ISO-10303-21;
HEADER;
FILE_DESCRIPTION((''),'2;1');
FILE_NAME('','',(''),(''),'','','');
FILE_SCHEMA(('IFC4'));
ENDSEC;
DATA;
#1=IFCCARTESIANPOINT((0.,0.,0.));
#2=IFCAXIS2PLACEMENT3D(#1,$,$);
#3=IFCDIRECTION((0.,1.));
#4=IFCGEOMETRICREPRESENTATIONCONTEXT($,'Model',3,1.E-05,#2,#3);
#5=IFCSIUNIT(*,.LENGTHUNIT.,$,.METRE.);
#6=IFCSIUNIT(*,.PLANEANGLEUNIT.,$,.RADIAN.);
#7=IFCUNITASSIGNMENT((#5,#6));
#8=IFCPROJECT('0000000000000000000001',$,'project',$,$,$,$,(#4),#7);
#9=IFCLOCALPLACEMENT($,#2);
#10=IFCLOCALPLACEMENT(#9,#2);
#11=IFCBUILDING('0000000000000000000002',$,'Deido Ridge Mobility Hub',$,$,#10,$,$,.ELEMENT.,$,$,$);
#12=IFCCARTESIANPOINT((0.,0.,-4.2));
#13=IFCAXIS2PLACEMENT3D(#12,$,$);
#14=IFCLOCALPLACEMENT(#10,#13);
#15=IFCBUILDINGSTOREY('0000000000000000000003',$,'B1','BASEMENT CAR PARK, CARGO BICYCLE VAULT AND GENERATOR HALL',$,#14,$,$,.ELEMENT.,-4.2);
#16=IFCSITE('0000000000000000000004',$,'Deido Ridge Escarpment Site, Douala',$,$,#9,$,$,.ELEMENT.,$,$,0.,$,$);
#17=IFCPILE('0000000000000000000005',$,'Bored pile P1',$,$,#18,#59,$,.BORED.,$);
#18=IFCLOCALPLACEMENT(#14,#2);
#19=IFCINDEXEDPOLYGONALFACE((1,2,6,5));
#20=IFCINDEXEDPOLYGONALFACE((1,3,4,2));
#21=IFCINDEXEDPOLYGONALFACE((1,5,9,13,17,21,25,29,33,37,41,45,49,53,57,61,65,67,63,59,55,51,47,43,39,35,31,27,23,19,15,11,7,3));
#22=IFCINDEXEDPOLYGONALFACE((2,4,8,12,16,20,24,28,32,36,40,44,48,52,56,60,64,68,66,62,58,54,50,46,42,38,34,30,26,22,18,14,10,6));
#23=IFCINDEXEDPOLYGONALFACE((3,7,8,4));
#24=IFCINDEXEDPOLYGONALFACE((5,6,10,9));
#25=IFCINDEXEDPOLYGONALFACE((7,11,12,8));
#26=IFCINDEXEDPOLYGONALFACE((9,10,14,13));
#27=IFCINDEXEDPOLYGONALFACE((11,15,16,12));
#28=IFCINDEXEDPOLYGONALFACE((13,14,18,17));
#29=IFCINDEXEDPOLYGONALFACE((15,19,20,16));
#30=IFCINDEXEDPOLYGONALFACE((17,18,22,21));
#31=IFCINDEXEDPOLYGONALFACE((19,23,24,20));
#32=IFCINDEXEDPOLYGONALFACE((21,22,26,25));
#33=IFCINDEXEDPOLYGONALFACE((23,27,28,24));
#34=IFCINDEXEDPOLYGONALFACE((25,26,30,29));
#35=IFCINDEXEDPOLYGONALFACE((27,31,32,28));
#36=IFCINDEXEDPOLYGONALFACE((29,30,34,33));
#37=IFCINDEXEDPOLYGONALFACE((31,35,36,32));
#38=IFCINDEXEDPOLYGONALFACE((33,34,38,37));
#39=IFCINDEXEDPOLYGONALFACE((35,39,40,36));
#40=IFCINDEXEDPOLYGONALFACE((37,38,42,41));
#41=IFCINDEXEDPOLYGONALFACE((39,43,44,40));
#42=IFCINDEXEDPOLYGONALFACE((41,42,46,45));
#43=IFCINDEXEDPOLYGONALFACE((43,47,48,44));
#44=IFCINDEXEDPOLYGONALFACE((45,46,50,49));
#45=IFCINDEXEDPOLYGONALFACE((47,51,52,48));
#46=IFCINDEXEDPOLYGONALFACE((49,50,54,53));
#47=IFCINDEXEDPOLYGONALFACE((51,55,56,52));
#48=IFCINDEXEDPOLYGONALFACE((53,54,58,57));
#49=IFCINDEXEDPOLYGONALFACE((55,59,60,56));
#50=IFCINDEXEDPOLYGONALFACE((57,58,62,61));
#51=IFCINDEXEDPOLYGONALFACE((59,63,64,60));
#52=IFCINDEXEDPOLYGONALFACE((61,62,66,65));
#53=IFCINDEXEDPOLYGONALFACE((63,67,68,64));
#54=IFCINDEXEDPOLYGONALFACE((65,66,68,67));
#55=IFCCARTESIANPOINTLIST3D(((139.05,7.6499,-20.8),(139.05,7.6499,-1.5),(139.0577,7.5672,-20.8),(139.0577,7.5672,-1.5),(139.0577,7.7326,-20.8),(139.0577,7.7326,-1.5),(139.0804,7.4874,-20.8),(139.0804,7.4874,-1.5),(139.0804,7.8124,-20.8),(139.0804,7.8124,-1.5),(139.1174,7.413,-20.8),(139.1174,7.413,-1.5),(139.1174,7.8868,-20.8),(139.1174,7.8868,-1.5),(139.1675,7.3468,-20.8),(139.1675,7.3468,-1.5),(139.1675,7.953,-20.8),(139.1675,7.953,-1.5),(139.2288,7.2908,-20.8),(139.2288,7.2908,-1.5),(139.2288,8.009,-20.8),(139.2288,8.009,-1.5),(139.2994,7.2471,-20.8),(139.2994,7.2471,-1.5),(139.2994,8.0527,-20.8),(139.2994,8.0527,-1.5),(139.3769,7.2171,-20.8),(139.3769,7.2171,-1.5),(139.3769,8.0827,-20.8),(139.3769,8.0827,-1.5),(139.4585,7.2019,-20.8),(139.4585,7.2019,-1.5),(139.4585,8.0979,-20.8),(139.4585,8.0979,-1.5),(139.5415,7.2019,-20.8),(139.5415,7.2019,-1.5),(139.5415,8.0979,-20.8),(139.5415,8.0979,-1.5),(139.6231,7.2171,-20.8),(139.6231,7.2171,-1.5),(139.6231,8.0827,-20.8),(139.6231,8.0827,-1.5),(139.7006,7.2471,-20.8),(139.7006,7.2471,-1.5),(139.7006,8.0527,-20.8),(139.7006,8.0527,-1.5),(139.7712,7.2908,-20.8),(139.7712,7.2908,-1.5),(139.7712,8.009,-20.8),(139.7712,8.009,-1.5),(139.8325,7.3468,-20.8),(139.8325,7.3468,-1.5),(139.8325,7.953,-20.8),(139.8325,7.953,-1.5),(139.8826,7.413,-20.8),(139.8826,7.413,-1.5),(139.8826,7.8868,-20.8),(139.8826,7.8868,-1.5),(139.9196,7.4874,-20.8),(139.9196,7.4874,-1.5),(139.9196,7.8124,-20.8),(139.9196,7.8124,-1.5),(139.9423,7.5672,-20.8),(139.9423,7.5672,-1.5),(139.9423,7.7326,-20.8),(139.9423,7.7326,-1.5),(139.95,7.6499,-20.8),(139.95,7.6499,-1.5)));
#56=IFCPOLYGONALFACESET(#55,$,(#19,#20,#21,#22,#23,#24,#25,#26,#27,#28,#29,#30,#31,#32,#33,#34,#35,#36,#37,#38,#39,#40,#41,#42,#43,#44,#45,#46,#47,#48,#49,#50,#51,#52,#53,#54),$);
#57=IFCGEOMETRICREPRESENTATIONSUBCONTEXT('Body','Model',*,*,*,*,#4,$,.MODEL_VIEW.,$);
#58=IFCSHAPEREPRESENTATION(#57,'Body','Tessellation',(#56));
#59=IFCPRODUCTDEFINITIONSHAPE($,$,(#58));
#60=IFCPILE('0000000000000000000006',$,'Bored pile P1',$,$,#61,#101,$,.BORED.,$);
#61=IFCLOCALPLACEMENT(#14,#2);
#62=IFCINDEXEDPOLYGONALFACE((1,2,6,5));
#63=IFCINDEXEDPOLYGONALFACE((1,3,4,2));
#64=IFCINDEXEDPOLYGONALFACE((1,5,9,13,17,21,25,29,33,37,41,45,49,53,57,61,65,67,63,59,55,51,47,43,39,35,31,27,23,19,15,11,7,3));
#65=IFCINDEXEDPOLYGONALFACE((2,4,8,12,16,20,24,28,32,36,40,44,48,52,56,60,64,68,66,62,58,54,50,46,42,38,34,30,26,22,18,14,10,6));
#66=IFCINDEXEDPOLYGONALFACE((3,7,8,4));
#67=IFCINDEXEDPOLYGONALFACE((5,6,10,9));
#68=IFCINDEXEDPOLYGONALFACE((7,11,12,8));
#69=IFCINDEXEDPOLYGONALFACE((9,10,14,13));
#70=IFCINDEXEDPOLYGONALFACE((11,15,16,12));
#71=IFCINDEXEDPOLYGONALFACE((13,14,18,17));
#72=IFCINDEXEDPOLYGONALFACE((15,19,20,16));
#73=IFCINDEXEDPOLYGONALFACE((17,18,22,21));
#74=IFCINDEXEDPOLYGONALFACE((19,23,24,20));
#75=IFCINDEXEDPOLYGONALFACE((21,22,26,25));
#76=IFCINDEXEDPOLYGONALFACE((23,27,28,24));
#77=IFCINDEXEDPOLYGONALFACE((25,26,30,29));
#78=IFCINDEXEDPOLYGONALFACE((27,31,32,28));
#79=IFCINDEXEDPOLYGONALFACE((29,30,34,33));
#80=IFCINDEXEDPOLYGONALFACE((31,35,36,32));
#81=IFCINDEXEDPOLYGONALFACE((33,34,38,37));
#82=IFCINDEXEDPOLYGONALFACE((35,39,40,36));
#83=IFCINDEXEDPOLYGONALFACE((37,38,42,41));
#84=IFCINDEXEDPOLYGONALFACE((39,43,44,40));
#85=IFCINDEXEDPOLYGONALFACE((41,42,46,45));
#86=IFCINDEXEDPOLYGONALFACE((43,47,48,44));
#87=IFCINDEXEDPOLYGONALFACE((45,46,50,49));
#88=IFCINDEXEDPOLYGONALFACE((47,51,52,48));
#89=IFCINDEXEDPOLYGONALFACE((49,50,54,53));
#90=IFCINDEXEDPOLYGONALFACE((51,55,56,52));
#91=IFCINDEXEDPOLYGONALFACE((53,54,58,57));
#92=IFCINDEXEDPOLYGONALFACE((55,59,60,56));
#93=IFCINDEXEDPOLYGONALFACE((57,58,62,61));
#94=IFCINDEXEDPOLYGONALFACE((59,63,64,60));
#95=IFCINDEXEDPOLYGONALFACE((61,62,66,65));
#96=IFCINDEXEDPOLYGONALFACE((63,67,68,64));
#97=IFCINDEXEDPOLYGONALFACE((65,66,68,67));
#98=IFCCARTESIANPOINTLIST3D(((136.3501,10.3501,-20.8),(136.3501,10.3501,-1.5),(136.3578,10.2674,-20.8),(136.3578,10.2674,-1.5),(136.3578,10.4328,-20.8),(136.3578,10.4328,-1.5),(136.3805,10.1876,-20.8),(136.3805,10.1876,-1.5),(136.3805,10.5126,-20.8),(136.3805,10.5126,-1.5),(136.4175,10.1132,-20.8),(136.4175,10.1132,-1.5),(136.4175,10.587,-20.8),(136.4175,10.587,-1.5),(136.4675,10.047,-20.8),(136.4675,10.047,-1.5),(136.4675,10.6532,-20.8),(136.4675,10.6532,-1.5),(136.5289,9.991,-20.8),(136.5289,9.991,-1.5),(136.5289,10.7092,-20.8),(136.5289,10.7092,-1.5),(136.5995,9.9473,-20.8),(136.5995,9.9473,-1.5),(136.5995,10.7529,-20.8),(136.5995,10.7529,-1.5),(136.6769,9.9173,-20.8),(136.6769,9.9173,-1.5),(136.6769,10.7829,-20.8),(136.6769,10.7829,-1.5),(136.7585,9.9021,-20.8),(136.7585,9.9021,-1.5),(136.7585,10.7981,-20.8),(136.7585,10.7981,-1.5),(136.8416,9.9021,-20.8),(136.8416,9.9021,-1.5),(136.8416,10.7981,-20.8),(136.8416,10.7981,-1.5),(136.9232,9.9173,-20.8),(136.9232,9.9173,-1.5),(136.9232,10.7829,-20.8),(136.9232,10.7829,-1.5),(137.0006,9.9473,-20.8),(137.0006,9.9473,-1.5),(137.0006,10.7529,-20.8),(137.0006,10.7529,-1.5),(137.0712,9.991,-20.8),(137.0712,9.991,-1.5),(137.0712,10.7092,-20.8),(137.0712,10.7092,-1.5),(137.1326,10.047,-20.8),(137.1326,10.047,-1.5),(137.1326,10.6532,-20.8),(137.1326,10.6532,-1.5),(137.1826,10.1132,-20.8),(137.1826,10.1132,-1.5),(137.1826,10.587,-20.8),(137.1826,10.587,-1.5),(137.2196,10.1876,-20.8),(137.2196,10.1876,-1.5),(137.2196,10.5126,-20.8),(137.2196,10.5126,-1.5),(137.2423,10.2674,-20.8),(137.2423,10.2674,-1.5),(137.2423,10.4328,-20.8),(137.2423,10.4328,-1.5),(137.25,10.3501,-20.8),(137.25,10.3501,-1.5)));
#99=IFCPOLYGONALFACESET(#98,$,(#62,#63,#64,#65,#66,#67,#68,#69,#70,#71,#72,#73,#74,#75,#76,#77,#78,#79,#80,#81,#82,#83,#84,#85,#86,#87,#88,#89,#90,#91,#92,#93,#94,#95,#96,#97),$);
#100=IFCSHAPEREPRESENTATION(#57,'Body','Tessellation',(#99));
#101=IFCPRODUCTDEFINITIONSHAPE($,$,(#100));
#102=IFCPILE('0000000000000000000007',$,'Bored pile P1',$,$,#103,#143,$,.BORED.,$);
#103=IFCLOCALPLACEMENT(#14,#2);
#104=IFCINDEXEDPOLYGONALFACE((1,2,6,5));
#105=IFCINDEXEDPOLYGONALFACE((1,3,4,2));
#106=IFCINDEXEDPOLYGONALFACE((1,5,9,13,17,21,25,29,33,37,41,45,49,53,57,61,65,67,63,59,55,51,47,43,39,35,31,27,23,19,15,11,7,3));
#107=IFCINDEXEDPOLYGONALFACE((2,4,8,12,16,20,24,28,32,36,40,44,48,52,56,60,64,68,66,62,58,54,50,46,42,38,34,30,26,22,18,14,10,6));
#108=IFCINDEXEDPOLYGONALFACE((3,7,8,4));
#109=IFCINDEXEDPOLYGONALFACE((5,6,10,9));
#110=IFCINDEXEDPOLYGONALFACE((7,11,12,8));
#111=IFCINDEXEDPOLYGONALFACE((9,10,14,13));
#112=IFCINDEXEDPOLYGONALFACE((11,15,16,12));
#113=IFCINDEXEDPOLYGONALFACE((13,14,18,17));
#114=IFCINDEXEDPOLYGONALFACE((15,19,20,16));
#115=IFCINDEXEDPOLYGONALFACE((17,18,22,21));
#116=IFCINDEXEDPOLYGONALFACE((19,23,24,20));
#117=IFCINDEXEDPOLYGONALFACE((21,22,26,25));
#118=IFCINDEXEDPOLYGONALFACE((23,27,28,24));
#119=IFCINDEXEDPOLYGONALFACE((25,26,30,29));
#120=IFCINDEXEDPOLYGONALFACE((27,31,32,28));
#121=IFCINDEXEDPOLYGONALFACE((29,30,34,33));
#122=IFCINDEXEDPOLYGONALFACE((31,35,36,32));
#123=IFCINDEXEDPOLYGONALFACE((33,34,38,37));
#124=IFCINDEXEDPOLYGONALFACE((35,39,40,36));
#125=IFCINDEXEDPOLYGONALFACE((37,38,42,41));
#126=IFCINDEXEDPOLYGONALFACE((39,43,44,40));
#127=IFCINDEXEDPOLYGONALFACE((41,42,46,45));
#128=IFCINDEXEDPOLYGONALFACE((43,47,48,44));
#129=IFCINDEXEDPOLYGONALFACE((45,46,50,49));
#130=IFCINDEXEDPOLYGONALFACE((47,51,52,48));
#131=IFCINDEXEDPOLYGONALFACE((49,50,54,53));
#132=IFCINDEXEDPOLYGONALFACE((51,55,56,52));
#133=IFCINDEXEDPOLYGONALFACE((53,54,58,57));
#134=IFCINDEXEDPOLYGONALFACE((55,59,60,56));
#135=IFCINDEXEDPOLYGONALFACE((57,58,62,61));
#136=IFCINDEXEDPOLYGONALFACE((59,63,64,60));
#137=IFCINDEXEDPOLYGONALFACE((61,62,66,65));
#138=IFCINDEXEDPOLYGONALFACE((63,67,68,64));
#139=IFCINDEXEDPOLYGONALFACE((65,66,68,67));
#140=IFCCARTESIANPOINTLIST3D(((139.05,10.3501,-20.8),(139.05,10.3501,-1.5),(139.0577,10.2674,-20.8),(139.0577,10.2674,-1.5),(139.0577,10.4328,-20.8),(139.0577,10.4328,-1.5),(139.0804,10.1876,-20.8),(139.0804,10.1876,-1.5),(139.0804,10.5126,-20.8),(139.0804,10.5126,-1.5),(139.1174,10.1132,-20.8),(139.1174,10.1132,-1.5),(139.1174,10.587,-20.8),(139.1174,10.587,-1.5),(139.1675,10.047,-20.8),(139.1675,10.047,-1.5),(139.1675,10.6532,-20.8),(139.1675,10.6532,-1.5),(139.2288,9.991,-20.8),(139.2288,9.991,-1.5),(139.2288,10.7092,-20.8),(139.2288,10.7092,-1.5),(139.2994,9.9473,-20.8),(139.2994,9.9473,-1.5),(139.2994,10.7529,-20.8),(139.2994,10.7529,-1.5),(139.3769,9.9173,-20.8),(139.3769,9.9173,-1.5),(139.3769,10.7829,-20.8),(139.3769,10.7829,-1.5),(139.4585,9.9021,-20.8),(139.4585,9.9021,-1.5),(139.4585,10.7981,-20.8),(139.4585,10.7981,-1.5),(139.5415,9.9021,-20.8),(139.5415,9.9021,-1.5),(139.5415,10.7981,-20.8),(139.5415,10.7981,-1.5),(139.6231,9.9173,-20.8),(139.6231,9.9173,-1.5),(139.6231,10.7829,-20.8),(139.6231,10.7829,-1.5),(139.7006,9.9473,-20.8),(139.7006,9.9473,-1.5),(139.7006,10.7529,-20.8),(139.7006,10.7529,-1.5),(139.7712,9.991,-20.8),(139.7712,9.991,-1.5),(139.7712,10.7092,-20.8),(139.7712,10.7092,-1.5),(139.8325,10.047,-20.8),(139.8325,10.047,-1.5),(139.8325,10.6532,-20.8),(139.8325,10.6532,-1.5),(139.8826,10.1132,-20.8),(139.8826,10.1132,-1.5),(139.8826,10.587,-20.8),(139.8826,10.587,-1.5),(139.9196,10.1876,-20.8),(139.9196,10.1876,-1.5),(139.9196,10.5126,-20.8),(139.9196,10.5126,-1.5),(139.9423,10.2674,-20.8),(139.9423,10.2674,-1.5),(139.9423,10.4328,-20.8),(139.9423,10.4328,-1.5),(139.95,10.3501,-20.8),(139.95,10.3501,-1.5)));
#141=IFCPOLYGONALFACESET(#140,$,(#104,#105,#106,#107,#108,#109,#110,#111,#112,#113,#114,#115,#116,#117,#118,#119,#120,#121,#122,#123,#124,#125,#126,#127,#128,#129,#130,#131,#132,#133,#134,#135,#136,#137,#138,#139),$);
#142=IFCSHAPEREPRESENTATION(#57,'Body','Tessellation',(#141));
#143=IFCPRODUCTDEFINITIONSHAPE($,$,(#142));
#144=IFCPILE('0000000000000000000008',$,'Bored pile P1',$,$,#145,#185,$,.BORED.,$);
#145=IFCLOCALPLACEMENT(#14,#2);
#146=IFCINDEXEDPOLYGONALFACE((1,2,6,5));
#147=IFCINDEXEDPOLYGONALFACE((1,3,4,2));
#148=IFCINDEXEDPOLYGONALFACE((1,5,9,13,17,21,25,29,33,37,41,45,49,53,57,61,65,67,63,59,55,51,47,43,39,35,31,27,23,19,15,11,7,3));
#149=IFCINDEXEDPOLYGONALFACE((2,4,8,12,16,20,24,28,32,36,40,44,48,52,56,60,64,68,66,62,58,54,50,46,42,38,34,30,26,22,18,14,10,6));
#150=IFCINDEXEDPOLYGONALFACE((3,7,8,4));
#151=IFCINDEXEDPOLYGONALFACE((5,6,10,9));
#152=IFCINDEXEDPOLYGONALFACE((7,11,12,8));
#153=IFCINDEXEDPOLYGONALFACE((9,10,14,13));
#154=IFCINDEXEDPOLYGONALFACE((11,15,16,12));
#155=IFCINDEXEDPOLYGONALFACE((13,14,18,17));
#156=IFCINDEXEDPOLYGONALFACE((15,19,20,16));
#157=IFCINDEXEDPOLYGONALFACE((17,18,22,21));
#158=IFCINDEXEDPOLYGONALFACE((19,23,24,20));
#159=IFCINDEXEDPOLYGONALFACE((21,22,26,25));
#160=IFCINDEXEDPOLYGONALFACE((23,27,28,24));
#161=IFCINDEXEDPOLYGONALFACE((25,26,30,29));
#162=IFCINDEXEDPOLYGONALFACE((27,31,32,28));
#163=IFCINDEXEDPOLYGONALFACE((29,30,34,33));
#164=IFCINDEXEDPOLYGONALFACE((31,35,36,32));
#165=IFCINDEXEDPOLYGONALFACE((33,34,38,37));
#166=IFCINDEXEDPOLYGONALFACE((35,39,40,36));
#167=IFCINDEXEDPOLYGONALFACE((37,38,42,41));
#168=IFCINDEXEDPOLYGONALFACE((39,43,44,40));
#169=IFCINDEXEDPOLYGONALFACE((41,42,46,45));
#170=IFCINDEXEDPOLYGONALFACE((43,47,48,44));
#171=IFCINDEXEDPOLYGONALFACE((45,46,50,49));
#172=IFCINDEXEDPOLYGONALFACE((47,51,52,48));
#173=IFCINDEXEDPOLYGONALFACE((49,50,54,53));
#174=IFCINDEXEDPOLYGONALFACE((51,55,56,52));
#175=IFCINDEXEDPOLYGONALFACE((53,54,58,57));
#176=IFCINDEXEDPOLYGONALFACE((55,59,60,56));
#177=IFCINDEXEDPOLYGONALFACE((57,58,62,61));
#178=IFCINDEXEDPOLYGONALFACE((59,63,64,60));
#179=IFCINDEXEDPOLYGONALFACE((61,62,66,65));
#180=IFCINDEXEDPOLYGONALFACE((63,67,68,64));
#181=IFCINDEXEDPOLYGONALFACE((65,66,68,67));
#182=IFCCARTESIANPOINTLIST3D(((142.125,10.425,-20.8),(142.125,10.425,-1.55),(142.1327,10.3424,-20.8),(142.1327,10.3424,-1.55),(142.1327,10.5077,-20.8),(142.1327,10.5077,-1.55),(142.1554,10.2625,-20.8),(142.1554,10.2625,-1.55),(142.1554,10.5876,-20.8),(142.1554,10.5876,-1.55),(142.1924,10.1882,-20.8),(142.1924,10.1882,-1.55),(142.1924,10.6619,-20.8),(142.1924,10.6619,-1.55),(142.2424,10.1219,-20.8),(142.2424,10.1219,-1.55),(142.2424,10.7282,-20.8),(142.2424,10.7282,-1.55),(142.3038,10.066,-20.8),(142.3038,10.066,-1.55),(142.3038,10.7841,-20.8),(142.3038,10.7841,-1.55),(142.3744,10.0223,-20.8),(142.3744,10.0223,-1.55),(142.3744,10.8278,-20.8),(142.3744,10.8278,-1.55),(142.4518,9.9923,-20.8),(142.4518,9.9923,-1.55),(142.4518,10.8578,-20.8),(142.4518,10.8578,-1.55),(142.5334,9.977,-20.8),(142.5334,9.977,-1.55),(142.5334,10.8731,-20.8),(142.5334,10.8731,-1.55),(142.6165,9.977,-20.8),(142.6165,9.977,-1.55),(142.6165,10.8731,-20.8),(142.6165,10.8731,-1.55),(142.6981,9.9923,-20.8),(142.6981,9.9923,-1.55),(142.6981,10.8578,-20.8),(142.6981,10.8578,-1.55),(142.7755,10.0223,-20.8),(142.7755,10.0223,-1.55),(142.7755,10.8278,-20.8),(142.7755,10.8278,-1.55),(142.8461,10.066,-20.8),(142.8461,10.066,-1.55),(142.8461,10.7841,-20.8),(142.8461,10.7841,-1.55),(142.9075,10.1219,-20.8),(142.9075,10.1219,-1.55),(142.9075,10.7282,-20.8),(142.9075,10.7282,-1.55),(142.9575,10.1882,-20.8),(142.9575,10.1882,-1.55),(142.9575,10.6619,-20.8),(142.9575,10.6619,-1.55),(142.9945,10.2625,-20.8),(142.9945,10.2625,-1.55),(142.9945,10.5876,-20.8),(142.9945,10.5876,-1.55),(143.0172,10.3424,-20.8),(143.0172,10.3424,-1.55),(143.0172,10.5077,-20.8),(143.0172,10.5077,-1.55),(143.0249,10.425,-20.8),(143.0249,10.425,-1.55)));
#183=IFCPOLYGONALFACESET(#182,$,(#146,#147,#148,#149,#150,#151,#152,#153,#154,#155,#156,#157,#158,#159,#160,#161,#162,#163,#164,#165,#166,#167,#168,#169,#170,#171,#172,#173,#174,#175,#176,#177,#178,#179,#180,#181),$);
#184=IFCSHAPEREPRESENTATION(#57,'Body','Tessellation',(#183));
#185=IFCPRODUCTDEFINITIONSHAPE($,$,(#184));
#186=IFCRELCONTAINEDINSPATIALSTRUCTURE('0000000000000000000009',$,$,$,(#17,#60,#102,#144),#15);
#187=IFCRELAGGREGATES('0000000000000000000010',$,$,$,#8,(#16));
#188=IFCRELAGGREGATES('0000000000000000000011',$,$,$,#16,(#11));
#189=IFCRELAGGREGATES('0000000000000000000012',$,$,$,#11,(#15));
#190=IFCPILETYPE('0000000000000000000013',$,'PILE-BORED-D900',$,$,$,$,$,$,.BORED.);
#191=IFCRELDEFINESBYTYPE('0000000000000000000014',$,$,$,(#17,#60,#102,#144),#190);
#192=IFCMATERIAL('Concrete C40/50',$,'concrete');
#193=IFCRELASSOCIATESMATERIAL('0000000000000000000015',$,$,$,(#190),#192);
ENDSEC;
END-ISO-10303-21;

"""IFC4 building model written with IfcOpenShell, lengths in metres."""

from ifc_helpers import new_model, si_unit, direction, frame, origin, origin_2d, place, context, subcontext, project, spatial, circle, extrude, material, material_profile, profile_set, type_object, element, save


model = new_model("IFC4")

# Units and contexts
model_context = context("Model", 3, precision=1e-05, world=origin(), true_north=direction((0.0, 1.0)))
body_context = subcontext(model_context, "Body", "Model", "MODEL_VIEW")
ifc_project = project(units=[si_unit("LENGTHUNIT", "METRE"), si_unit("PLANEANGLEUNIT", "RADIAN")], contexts=[model_context])

# Site, building, storey
site_placement = place(None, origin())
site = spatial("IfcSite", under=ifc_project, at=site_placement, Name="Deido Ridge Escarpment Site, Douala", CompositionType="ELEMENT", RefElevation=0.0)
building_placement = place(site_placement, origin())
building = spatial("IfcBuilding", under=site, at=building_placement, Name="Deido Ridge Mobility Hub", CompositionType="ELEMENT")
storey_placement = place(building_placement, frame((0.0, 0.0, -4.2)))
storey = spatial("IfcBuildingStorey", under=building, at=storey_placement, Name="B1", Description="BASEMENT CAR PARK, CARGO BICYCLE VAULT AND GENERATOR HALL", CompositionType="ELEMENT", Elevation=-4.2)

# Shared definitions
ifc_material_1 = material(Name="Concrete C40/50", Category="concrete")

# Piles
ifc_material_profile_1 = material_profile(ifc_material_1, circle(Radius=0.45, at=origin_2d()), Name="BORED PILE D900")
ifc_profile_set_1 = profile_set([ifc_material_profile_1], Name="Concrete C40/50")
pile_type = type_object("IfcPileType", Name="PILE-BORED-D900", PredefinedType="BORED", material=ifc_profile_set_1)
for number, where, z_axis, x_axis, name in (
    (1, (139.5, 7.6499, -1.5), (0.0, 0.0, -1.0), (1.0, 0.0, 0.0), "Bored pile P1"),
    (2, (136.8, 10.3501, -1.5), (0.0, 0.0, -1.0), (1.0, 0.0, 0.0), "Bored pile P1"),
    (3, (139.5, 10.3501, -1.5), (0.0, 0.0, -1.0), (1.0, 0.0, 0.0), "Bored pile P1"),
):
    element("IfcPile", number, at=place(storey_placement, frame(where, z_axis=z_axis, x_axis=x_axis)), inside=storey, type_object=pile_type, Name=name, PredefinedType="BORED", context=body_context, shape_type="SweptSolid", body=[
        extrude(circle(Radius=0.45, at=origin_2d()), origin(), (0.0, 0.0, 1.0), 19.3),
    ])
for number, where, z_axis, x_axis, name in (
    (4, (142.575, 10.425, -1.55), (0.0, 0.0, -1.0), (1.0, 0.0, 0.0), "Bored pile P1"),
):
    element("IfcPile", number, at=place(storey_placement, frame(where, z_axis=z_axis, x_axis=x_axis)), inside=storey, type_object=pile_type, Name=name, PredefinedType="BORED", context=body_context, shape_type="SweptSolid", body=[
        extrude(circle(Radius=0.45, at=origin_2d()), origin(), (0.0, 0.0, 1.0), 19.25),
    ])

save(model, "model.ifc")
